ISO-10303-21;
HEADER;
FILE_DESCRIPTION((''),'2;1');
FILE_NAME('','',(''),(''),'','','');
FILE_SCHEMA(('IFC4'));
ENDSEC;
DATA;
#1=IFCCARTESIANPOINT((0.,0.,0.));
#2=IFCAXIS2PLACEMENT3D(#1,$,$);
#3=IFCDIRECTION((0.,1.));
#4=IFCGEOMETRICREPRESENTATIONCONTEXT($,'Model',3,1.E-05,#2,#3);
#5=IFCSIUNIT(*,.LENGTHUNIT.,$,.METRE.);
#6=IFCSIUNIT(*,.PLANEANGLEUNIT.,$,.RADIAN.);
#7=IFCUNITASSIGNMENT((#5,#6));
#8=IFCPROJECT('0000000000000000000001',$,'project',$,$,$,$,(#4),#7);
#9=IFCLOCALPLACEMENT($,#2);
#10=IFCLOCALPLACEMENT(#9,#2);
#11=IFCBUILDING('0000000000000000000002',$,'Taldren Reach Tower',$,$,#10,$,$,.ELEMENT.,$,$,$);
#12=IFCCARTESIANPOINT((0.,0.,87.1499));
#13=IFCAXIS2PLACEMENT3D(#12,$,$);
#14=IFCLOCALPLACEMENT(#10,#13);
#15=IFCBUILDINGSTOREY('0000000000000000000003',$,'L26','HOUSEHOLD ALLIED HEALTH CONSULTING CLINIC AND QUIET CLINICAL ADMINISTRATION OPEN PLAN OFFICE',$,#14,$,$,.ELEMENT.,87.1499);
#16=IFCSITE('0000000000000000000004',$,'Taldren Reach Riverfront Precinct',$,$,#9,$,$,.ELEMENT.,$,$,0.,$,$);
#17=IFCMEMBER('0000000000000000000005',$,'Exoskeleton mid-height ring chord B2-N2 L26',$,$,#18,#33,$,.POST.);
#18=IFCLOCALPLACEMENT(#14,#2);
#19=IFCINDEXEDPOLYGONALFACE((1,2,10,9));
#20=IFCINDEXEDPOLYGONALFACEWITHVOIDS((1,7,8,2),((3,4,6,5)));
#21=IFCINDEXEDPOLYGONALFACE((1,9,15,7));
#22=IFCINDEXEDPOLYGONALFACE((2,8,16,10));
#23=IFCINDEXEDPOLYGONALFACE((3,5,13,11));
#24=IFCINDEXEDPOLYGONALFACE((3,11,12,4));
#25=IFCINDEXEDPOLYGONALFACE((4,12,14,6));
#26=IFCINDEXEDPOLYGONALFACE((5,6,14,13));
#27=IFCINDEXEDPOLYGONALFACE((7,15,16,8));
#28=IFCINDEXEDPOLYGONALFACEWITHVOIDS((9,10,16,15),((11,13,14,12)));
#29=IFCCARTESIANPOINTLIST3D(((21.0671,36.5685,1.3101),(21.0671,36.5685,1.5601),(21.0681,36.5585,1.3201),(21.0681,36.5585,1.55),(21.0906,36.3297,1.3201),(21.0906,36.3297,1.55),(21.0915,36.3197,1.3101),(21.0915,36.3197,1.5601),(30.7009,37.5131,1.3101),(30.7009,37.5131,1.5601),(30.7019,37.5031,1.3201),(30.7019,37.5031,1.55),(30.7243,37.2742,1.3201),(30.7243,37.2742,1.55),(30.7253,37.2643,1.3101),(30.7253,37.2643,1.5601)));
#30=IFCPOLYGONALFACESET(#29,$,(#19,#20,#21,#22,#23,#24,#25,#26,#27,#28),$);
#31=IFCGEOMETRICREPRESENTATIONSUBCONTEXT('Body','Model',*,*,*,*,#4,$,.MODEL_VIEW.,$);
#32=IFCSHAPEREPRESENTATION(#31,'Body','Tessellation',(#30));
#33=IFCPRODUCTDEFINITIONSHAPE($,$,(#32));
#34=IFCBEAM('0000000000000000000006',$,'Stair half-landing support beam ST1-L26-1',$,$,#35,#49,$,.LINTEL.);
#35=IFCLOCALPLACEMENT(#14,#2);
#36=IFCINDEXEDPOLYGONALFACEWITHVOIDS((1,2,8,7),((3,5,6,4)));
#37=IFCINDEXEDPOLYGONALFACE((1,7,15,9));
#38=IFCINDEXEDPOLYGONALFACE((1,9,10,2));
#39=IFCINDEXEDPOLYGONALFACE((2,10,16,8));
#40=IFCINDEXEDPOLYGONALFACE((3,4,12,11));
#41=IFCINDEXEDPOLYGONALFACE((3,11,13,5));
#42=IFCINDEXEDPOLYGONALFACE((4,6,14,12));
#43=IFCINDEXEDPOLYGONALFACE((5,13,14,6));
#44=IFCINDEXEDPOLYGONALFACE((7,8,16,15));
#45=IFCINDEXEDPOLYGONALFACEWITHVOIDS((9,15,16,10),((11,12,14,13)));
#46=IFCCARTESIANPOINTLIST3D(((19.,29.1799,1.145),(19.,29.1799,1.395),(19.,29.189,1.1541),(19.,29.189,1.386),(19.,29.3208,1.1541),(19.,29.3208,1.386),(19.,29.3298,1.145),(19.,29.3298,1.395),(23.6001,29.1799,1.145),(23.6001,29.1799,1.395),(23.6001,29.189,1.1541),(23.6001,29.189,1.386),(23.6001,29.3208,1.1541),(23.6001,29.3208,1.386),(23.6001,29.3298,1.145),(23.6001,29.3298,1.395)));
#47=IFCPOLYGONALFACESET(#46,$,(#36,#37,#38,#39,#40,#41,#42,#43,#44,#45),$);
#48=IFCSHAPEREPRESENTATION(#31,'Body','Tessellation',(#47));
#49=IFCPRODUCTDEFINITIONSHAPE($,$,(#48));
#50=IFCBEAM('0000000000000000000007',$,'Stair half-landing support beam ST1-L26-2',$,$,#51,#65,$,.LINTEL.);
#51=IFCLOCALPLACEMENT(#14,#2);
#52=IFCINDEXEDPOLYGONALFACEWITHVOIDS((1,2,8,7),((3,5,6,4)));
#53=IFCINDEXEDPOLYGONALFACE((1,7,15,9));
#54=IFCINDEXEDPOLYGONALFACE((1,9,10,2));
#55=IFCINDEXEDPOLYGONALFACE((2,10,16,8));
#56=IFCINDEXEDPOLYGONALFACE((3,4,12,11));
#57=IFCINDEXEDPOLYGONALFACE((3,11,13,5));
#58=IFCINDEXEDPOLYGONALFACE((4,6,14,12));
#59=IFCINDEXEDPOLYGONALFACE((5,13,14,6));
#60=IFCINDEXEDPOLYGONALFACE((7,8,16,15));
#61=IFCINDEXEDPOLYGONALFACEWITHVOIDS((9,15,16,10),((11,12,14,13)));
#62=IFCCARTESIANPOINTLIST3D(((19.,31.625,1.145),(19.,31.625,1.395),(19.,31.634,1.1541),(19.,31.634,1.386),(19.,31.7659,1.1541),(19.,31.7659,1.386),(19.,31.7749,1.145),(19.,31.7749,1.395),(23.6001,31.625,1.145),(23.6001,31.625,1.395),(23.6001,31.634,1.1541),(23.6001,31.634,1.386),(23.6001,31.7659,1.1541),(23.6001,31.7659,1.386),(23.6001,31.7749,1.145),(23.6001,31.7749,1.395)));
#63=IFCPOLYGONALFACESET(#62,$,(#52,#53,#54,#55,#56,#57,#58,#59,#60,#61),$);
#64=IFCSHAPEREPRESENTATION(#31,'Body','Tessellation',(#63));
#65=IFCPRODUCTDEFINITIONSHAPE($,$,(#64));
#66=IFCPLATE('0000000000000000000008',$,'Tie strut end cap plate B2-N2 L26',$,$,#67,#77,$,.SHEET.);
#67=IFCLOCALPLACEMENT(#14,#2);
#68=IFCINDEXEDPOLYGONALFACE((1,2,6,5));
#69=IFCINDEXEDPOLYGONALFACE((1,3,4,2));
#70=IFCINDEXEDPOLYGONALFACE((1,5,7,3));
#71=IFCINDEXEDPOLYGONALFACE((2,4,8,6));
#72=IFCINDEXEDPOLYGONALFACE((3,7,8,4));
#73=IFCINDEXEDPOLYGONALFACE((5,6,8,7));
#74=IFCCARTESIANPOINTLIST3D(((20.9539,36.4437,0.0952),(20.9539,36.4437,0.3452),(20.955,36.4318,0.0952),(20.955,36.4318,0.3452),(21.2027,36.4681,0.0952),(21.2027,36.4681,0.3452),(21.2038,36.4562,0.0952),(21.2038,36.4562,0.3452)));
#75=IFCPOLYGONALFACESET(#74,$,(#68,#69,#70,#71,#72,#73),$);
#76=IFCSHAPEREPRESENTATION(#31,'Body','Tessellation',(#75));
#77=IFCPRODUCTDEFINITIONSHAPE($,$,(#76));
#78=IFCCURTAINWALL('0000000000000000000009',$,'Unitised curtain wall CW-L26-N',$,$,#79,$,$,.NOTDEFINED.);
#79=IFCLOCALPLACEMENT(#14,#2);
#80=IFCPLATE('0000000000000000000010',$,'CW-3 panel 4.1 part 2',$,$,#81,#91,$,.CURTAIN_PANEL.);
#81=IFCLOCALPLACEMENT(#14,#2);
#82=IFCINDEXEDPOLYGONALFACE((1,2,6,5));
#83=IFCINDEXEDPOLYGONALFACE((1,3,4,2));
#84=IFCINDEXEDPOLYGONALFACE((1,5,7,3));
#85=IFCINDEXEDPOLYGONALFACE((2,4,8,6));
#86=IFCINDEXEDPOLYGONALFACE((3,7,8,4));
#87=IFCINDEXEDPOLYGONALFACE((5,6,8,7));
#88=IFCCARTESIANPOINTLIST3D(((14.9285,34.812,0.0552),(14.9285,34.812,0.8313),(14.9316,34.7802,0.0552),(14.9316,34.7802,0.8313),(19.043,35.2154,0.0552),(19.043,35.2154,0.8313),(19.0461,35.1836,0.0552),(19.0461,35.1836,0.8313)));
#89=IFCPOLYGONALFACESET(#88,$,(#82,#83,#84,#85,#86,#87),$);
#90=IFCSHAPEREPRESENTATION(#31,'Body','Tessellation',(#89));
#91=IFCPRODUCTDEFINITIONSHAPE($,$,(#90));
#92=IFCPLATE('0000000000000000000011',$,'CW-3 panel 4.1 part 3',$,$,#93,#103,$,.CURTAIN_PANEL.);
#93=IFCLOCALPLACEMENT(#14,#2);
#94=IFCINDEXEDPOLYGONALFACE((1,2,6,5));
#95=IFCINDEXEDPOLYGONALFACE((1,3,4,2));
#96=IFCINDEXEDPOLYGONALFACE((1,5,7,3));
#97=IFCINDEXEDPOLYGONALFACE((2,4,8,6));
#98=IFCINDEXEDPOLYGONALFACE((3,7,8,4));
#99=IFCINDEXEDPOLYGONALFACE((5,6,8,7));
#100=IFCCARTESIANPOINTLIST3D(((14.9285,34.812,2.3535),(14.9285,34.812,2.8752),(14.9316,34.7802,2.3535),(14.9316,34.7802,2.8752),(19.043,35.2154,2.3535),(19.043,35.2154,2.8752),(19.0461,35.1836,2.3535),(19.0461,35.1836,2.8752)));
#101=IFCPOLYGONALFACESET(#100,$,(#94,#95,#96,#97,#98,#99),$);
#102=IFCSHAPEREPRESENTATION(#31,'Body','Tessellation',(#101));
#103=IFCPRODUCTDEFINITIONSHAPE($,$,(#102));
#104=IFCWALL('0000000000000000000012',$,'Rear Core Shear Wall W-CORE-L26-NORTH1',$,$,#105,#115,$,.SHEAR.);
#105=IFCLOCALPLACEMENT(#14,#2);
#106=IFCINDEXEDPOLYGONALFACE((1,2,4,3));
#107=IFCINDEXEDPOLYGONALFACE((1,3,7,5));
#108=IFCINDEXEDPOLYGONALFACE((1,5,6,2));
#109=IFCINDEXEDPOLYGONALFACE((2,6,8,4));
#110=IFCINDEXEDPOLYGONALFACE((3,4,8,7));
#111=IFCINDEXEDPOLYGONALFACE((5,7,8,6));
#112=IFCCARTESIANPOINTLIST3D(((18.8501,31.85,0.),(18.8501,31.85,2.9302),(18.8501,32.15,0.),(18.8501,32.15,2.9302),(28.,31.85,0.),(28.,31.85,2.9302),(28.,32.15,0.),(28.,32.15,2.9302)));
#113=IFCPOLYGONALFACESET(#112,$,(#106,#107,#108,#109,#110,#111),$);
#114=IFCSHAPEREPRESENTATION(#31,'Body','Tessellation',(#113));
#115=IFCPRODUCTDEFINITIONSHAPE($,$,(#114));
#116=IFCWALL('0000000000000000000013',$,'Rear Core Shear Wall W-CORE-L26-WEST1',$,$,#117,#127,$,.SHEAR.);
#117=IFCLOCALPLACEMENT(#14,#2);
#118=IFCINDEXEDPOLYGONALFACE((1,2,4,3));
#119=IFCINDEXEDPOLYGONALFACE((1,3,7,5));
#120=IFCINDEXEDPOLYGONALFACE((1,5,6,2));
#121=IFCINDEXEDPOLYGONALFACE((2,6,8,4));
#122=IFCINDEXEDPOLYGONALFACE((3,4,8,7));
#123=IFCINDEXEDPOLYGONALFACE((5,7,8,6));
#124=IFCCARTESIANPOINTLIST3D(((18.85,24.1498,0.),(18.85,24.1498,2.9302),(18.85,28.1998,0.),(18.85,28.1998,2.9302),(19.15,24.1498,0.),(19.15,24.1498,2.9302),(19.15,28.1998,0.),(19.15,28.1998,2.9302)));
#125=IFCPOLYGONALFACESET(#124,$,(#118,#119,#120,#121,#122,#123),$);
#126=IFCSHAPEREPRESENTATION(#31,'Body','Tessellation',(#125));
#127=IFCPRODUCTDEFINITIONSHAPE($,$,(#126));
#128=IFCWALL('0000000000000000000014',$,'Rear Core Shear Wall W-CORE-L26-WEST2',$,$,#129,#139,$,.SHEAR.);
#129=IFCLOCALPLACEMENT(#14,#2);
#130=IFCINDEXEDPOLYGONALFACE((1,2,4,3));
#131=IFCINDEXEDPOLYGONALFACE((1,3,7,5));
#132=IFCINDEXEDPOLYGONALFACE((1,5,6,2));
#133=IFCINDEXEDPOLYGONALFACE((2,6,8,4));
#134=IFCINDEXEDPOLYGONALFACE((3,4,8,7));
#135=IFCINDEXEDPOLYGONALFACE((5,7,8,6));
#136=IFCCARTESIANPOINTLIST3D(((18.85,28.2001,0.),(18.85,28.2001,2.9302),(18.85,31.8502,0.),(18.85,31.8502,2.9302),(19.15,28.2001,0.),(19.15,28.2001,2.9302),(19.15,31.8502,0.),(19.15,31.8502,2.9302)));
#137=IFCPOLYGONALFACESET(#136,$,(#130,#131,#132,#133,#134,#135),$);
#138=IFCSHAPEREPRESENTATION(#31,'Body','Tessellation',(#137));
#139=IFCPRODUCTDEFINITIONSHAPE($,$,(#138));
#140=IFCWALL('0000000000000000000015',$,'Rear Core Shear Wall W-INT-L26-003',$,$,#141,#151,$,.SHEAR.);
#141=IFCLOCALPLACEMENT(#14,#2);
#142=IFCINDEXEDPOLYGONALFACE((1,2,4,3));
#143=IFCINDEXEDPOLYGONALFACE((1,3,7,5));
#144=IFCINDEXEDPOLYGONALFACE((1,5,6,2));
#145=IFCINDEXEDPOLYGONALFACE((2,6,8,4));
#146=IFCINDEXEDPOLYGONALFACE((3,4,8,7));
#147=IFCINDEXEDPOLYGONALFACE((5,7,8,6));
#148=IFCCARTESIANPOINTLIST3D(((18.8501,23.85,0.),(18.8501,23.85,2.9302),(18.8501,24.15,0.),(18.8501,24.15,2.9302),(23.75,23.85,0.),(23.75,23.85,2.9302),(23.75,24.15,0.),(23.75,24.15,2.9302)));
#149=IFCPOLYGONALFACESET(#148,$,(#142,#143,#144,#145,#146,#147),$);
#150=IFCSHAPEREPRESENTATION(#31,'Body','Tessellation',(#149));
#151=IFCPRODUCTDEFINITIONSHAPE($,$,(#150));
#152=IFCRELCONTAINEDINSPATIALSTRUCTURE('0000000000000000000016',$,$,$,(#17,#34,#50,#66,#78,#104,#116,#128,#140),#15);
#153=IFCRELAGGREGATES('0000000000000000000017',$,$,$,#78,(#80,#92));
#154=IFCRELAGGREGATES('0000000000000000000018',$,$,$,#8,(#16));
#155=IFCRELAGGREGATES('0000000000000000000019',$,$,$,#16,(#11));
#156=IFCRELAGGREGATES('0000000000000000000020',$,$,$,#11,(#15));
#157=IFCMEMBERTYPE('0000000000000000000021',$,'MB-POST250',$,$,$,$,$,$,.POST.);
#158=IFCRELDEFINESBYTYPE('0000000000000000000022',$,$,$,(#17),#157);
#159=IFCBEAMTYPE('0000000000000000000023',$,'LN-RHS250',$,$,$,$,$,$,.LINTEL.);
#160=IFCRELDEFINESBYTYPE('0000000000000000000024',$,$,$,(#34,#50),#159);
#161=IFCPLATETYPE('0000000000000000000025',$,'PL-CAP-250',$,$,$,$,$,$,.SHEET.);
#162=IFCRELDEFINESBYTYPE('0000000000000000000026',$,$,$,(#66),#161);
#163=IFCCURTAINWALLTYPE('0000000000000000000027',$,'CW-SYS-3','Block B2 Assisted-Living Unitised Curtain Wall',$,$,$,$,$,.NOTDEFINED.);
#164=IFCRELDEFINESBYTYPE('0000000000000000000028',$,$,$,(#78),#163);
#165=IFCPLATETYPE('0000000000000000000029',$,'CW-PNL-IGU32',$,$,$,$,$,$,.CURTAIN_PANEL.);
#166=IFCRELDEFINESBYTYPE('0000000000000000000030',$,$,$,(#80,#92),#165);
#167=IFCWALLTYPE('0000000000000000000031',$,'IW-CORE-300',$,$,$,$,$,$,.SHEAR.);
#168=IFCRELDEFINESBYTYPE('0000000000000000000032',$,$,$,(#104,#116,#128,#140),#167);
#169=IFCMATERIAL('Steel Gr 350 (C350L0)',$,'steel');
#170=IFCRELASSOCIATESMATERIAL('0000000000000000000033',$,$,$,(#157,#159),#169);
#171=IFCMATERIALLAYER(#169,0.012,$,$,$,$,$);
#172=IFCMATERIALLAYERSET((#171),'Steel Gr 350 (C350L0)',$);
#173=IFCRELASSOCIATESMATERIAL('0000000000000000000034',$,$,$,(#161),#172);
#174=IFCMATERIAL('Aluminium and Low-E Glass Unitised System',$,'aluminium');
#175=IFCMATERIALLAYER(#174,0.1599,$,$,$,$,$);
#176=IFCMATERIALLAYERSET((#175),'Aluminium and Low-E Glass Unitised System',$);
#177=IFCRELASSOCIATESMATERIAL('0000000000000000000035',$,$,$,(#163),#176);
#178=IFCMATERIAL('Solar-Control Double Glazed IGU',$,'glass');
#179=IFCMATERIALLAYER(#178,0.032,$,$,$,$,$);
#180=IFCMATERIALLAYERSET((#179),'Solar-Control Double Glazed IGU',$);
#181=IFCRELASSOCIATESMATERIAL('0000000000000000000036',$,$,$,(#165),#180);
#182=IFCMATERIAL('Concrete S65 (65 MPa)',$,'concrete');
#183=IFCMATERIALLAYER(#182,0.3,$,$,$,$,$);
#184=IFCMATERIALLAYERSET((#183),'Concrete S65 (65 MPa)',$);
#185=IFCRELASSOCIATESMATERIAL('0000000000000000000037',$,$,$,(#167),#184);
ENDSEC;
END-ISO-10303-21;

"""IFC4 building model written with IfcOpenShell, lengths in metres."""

from ifc_helpers import new_model, si_unit, direction, frame, frame_2d, origin, origin_2d, place, context, subcontext, project, spatial, rectangle, hollow_rectangle, extrude, source, transform, mapped, material, layer, layer_set, material_profile, profile_set, type_object, element, aggregate, save


model = new_model("IFC4")

# Units and contexts
model_context = context("Model", 3, precision=1e-05, world=origin(), true_north=direction((0.0, 1.0)))
body_context = subcontext(model_context, "Body", "Model", "MODEL_VIEW")
ifc_project = project(units=[si_unit("LENGTHUNIT", "METRE"), si_unit("PLANEANGLEUNIT", "RADIAN")], contexts=[model_context])

# Site, building, storey
site_placement = place(None, origin())
site = spatial("IfcSite", under=ifc_project, at=site_placement, Name="Taldren Reach Riverfront Precinct", CompositionType="ELEMENT", RefElevation=0.0)
building_placement = place(site_placement, origin())
building = spatial("IfcBuilding", under=site, at=building_placement, Name="Taldren Reach Tower", CompositionType="ELEMENT")
storey_placement = place(building_placement, frame((0.0, 0.0, 87.1499)))
storey = spatial("IfcBuildingStorey", under=building, at=storey_placement, Name="L26", Description="HOUSEHOLD ALLIED HEALTH CONSULTING CLINIC AND QUIET CLINICAL ADMINISTRATION OPEN PLAN OFFICE", CompositionType="ELEMENT", Elevation=87.1499)

# Shared definitions
ifc_material_1 = material(Name="Concrete S65 (65 MPa)", Category="concrete")

# Member
ifc_material_2 = material(Name="Steel Gr 350 (C350L0)", Category="steel")
ifc_material_profile_1 = material_profile(ifc_material_2, hollow_rectangle(XDim=0.25, YDim=0.25, WallThickness=0.01, at=origin_2d()), Name="250x250x10.0SHS")
ifc_profile_set_1 = profile_set([ifc_material_profile_1], Name="Steel Gr 350 (C350L0)")
member_type_1 = type_object("IfcMemberType", Name="MB-POST250", PredefinedType="POST", material=ifc_profile_set_1)
shared_shape_1 = source(origin(), body_context, "Body", "SweptSolid", [
    extrude(hollow_rectangle(XDim=0.25, YDim=0.25, WallThickness=0.01, at=origin_2d()), origin(), (0.0, 0.0, 1.0), 9.6799),
])
member_1_placement = place(storey_placement, frame((21.0793, 36.4441, 1.4351), z_axis=(0.995228, 0.097581, 0.0), x_axis=(-0.097581, 0.995228, 0.0)))
element("IfcMember", 1, at=member_1_placement, inside=storey, type_object=member_type_1, Name="Exoskeleton mid-height ring chord B2-N2 L26", PredefinedType="POST", context=body_context, shape_type="MappedRepresentation", body=[
    mapped(shared_shape_1, transform((0.0, 0.0, 0.0), scale=1.0)),
])

# Beams
ifc_material_profile_2 = material_profile(ifc_material_2, hollow_rectangle(XDim=0.1499, YDim=0.25, WallThickness=0.009, at=origin_2d()), Name="250x150x9.0RHS")
ifc_profile_set_2 = profile_set([ifc_material_profile_2], Name="Steel Gr 350 (C350L0)")
beam_type_1 = type_object("IfcBeamType", Name="LN-RHS250", PredefinedType="LINTEL", material=ifc_profile_set_2)
shared_shape_2 = source(origin(), body_context, "Body", "SweptSolid", [
    extrude(hollow_rectangle(XDim=0.1499, YDim=0.25, WallThickness=0.009, at=origin_2d()), origin(), (0.0, 0.0, 1.0), 4.6001),
])
for number, where, z_axis, x_axis, name in (
    (2, (19.0, 29.2549, 1.27), (1.0, 0.0, 0.0), (0.0, 1.0, 0.0), "Stair half-landing support beam ST1-L26-1"),
    (3, (19.0, 31.7, 1.27), (1.0, 0.0, 0.0), (0.0, 1.0, 0.0), "Stair half-landing support beam ST1-L26-2"),
):
    element("IfcBeam", number, at=place(storey_placement, frame(where, z_axis=z_axis, x_axis=x_axis)), inside=storey, type_object=beam_type_1, Name=name, PredefinedType="LINTEL", context=body_context, shape_type="MappedRepresentation", body=[
        mapped(shared_shape_2, transform((0.0, 0.0, 0.0), scale=1.0)),
    ])

# Plate
ifc_layer_1 = layer(ifc_material_2, 0.012)
ifc_layer_set_1 = layer_set([ifc_layer_1], Name="Steel Gr 350 (C350L0)")
plate_type_1 = type_object("IfcPlateType", Name="PL-CAP-250", PredefinedType="SHEET", material=ifc_layer_set_1)
shared_shape_3 = source(origin(), body_context, "Body", "SweptSolid", [
    extrude(rectangle(XDim=0.25, YDim=0.012, at=origin_2d()), origin(), (0.0, 0.0, 1.0), 0.25),
])
plate_1_placement = place(storey_placement, frame((21.0789, 36.45, 0.0952), z_axis=(0.0, 0.0, 1.0), x_axis=(0.995227, 0.097583, 0.0)))
element("IfcPlate", 4, at=plate_1_placement, inside=storey, type_object=plate_type_1, Name="Tie strut end cap plate B2-N2 L26", PredefinedType="SHEET", context=body_context, shape_type="MappedRepresentation", body=[
    mapped(shared_shape_3, transform((0.0, 0.0, 0.0), scale=1.0)),
])

# Curtain wall, plates
ifc_material_3 = material(Name="Aluminium and Low-E Glass Unitised System", Category="aluminium")
ifc_layer_2 = layer(ifc_material_3, 0.1599)
ifc_layer_set_2 = layer_set([ifc_layer_2], Name="Aluminium and Low-E Glass Unitised System")
curtain_wall_type = type_object("IfcCurtainWallType", Name="CW-SYS-3", Description="Block B2 Assisted-Living Unitised Curtain Wall", PredefinedType="NOTDEFINED", material=ifc_layer_set_2)
curtain_wall_placement = place(storey_placement, origin())
curtain_wall = element("IfcCurtainWall", 5, at=curtain_wall_placement, inside=storey, type_object=curtain_wall_type, Name="Unitised curtain wall CW-L26-N", PredefinedType="NOTDEFINED")
ifc_material_4 = material(Name="Solar-Control Double Glazed IGU", Category="glass")
ifc_layer_3 = layer(ifc_material_4, 0.032)
ifc_layer_set_3 = layer_set([ifc_layer_3], Name="Solar-Control Double Glazed IGU")
plate_type_2 = type_object("IfcPlateType", Name="CW-PNL-IGU32", PredefinedType="CURTAIN_PANEL", material=ifc_layer_set_3)
shared_shape_4 = source(origin(), body_context, "Body", "SweptSolid", [
    extrude(rectangle(XDim=4.1343, YDim=0.032, at=origin_2d()), origin(), (0.0, 0.0, 1.0), 0.7761),
])
plate_2_placement = place(storey_placement, frame((16.9873, 34.9978, 0.0552), z_axis=(0.0, 0.0, 1.0), x_axis=(-0.995227, -0.097583, 0.0)))
plate_2 = element("IfcPlate", 6, at=plate_2_placement, type_object=plate_type_2, Name="CW-3 panel 4.1 part 2", PredefinedType="CURTAIN_PANEL", context=body_context, shape_type="MappedRepresentation", body=[
    mapped(shared_shape_4, transform((0.0, 0.0, 0.0), scale=1.0)),
])
shared_shape_5 = source(origin(), body_context, "Body", "SweptSolid", [
    extrude(rectangle(XDim=4.1343, YDim=0.032, at=origin_2d()), origin(), (0.0, 0.0, 1.0), 0.5217),
])
plate_3_placement = place(storey_placement, frame((16.9873, 34.9978, 2.3535), z_axis=(0.0, 0.0, 1.0), x_axis=(-0.995227, -0.097583, 0.0)))
plate_3 = element("IfcPlate", 7, at=plate_3_placement, type_object=plate_type_2, Name="CW-3 panel 4.1 part 3", PredefinedType="CURTAIN_PANEL", context=body_context, shape_type="MappedRepresentation", body=[
    mapped(shared_shape_5, transform((0.0, 0.0, 0.0), scale=1.0)),
])
aggregate(curtain_wall, [plate_2, plate_3])

# Walls
ifc_layer_4 = layer(ifc_material_1, 0.3)
ifc_layer_set_4 = layer_set([ifc_layer_4], Name="Concrete S65 (65 MPa)")
wall_type_1 = type_object("IfcWallType", Name="IW-CORE-300", PredefinedType="SHEAR", material=ifc_layer_set_4)
shared_shape_6 = source(origin(), body_context, "Body", "SweptSolid", [
    extrude(rectangle(XDim=9.1499, YDim=0.3, at=frame_2d((4.575, 0.0))), origin(), (0.0, 0.0, 1.0), 2.9302),
])
wall_1_placement = place(storey_placement, frame((18.8501, 32.0, 0.0), z_axis=(0.0, 0.0, 1.0), x_axis=(1.0, 0.0, 0.0)))
element("IfcWall", 8, at=wall_1_placement, inside=storey, type_object=wall_type_1, Name="Rear Core Shear Wall W-CORE-L26-NORTH1", PredefinedType="SHEAR", context=body_context, shape_type="MappedRepresentation", body=[
    mapped(shared_shape_6, transform((0.0, 0.0, 0.0), scale=1.0)),
])
shared_shape_7 = source(origin(), body_context, "Body", "SweptSolid", [
    extrude(rectangle(XDim=4.05, YDim=0.3, at=frame_2d((2.0249, 0.0))), origin(), (0.0, 0.0, 1.0), 2.9302),
])
wall_2_placement = place(storey_placement, frame((19.0, 24.1499, 0.0), z_axis=(0.0, 0.0, 1.0), x_axis=(0.0, 1.0, 0.0)))
element("IfcWall", 9, at=wall_2_placement, inside=storey, type_object=wall_type_1, Name="Rear Core Shear Wall W-CORE-L26-WEST1", PredefinedType="SHEAR", context=body_context, shape_type="MappedRepresentation", body=[
    mapped(shared_shape_7, transform((0.0, 0.0, 0.0), scale=1.0)),
])
shared_shape_8 = source(origin(), body_context, "Body", "SweptSolid", [
    extrude(rectangle(XDim=3.6501, YDim=0.3, at=frame_2d((1.8252, 0.0))), origin(), (0.0, 0.0, 1.0), 2.9302),
])
wall_3_placement = place(storey_placement, frame((19.0, 28.2, 0.0), z_axis=(0.0, 0.0, 1.0), x_axis=(0.0, 1.0, 0.0)))
element("IfcWall", 10, at=wall_3_placement, inside=storey, type_object=wall_type_1, Name="Rear Core Shear Wall W-CORE-L26-WEST2", PredefinedType="SHEAR", context=body_context, shape_type="MappedRepresentation", body=[
    mapped(shared_shape_8, transform((0.0, 0.0, 0.0), scale=1.0)),
])
shared_shape_9 = source(origin(), body_context, "Body", "SweptSolid", [
    extrude(rectangle(XDim=4.8999, YDim=0.3, at=frame_2d((2.45, 0.0))), origin(), (0.0, 0.0, 1.0), 2.9302),
])
wall_4_placement = place(storey_placement, frame((18.8501, 24.0, 0.0), z_axis=(0.0, 0.0, 1.0), x_axis=(1.0, 0.0, 0.0)))
element("IfcWall", 11, at=wall_4_placement, inside=storey, type_object=wall_type_1, Name="Rear Core Shear Wall W-INT-L26-003", PredefinedType="SHEAR", context=body_context, shape_type="MappedRepresentation", body=[
    mapped(shared_shape_9, transform((0.0, 0.0, 0.0), scale=1.0)),
])

save(model, "model.ifc")
